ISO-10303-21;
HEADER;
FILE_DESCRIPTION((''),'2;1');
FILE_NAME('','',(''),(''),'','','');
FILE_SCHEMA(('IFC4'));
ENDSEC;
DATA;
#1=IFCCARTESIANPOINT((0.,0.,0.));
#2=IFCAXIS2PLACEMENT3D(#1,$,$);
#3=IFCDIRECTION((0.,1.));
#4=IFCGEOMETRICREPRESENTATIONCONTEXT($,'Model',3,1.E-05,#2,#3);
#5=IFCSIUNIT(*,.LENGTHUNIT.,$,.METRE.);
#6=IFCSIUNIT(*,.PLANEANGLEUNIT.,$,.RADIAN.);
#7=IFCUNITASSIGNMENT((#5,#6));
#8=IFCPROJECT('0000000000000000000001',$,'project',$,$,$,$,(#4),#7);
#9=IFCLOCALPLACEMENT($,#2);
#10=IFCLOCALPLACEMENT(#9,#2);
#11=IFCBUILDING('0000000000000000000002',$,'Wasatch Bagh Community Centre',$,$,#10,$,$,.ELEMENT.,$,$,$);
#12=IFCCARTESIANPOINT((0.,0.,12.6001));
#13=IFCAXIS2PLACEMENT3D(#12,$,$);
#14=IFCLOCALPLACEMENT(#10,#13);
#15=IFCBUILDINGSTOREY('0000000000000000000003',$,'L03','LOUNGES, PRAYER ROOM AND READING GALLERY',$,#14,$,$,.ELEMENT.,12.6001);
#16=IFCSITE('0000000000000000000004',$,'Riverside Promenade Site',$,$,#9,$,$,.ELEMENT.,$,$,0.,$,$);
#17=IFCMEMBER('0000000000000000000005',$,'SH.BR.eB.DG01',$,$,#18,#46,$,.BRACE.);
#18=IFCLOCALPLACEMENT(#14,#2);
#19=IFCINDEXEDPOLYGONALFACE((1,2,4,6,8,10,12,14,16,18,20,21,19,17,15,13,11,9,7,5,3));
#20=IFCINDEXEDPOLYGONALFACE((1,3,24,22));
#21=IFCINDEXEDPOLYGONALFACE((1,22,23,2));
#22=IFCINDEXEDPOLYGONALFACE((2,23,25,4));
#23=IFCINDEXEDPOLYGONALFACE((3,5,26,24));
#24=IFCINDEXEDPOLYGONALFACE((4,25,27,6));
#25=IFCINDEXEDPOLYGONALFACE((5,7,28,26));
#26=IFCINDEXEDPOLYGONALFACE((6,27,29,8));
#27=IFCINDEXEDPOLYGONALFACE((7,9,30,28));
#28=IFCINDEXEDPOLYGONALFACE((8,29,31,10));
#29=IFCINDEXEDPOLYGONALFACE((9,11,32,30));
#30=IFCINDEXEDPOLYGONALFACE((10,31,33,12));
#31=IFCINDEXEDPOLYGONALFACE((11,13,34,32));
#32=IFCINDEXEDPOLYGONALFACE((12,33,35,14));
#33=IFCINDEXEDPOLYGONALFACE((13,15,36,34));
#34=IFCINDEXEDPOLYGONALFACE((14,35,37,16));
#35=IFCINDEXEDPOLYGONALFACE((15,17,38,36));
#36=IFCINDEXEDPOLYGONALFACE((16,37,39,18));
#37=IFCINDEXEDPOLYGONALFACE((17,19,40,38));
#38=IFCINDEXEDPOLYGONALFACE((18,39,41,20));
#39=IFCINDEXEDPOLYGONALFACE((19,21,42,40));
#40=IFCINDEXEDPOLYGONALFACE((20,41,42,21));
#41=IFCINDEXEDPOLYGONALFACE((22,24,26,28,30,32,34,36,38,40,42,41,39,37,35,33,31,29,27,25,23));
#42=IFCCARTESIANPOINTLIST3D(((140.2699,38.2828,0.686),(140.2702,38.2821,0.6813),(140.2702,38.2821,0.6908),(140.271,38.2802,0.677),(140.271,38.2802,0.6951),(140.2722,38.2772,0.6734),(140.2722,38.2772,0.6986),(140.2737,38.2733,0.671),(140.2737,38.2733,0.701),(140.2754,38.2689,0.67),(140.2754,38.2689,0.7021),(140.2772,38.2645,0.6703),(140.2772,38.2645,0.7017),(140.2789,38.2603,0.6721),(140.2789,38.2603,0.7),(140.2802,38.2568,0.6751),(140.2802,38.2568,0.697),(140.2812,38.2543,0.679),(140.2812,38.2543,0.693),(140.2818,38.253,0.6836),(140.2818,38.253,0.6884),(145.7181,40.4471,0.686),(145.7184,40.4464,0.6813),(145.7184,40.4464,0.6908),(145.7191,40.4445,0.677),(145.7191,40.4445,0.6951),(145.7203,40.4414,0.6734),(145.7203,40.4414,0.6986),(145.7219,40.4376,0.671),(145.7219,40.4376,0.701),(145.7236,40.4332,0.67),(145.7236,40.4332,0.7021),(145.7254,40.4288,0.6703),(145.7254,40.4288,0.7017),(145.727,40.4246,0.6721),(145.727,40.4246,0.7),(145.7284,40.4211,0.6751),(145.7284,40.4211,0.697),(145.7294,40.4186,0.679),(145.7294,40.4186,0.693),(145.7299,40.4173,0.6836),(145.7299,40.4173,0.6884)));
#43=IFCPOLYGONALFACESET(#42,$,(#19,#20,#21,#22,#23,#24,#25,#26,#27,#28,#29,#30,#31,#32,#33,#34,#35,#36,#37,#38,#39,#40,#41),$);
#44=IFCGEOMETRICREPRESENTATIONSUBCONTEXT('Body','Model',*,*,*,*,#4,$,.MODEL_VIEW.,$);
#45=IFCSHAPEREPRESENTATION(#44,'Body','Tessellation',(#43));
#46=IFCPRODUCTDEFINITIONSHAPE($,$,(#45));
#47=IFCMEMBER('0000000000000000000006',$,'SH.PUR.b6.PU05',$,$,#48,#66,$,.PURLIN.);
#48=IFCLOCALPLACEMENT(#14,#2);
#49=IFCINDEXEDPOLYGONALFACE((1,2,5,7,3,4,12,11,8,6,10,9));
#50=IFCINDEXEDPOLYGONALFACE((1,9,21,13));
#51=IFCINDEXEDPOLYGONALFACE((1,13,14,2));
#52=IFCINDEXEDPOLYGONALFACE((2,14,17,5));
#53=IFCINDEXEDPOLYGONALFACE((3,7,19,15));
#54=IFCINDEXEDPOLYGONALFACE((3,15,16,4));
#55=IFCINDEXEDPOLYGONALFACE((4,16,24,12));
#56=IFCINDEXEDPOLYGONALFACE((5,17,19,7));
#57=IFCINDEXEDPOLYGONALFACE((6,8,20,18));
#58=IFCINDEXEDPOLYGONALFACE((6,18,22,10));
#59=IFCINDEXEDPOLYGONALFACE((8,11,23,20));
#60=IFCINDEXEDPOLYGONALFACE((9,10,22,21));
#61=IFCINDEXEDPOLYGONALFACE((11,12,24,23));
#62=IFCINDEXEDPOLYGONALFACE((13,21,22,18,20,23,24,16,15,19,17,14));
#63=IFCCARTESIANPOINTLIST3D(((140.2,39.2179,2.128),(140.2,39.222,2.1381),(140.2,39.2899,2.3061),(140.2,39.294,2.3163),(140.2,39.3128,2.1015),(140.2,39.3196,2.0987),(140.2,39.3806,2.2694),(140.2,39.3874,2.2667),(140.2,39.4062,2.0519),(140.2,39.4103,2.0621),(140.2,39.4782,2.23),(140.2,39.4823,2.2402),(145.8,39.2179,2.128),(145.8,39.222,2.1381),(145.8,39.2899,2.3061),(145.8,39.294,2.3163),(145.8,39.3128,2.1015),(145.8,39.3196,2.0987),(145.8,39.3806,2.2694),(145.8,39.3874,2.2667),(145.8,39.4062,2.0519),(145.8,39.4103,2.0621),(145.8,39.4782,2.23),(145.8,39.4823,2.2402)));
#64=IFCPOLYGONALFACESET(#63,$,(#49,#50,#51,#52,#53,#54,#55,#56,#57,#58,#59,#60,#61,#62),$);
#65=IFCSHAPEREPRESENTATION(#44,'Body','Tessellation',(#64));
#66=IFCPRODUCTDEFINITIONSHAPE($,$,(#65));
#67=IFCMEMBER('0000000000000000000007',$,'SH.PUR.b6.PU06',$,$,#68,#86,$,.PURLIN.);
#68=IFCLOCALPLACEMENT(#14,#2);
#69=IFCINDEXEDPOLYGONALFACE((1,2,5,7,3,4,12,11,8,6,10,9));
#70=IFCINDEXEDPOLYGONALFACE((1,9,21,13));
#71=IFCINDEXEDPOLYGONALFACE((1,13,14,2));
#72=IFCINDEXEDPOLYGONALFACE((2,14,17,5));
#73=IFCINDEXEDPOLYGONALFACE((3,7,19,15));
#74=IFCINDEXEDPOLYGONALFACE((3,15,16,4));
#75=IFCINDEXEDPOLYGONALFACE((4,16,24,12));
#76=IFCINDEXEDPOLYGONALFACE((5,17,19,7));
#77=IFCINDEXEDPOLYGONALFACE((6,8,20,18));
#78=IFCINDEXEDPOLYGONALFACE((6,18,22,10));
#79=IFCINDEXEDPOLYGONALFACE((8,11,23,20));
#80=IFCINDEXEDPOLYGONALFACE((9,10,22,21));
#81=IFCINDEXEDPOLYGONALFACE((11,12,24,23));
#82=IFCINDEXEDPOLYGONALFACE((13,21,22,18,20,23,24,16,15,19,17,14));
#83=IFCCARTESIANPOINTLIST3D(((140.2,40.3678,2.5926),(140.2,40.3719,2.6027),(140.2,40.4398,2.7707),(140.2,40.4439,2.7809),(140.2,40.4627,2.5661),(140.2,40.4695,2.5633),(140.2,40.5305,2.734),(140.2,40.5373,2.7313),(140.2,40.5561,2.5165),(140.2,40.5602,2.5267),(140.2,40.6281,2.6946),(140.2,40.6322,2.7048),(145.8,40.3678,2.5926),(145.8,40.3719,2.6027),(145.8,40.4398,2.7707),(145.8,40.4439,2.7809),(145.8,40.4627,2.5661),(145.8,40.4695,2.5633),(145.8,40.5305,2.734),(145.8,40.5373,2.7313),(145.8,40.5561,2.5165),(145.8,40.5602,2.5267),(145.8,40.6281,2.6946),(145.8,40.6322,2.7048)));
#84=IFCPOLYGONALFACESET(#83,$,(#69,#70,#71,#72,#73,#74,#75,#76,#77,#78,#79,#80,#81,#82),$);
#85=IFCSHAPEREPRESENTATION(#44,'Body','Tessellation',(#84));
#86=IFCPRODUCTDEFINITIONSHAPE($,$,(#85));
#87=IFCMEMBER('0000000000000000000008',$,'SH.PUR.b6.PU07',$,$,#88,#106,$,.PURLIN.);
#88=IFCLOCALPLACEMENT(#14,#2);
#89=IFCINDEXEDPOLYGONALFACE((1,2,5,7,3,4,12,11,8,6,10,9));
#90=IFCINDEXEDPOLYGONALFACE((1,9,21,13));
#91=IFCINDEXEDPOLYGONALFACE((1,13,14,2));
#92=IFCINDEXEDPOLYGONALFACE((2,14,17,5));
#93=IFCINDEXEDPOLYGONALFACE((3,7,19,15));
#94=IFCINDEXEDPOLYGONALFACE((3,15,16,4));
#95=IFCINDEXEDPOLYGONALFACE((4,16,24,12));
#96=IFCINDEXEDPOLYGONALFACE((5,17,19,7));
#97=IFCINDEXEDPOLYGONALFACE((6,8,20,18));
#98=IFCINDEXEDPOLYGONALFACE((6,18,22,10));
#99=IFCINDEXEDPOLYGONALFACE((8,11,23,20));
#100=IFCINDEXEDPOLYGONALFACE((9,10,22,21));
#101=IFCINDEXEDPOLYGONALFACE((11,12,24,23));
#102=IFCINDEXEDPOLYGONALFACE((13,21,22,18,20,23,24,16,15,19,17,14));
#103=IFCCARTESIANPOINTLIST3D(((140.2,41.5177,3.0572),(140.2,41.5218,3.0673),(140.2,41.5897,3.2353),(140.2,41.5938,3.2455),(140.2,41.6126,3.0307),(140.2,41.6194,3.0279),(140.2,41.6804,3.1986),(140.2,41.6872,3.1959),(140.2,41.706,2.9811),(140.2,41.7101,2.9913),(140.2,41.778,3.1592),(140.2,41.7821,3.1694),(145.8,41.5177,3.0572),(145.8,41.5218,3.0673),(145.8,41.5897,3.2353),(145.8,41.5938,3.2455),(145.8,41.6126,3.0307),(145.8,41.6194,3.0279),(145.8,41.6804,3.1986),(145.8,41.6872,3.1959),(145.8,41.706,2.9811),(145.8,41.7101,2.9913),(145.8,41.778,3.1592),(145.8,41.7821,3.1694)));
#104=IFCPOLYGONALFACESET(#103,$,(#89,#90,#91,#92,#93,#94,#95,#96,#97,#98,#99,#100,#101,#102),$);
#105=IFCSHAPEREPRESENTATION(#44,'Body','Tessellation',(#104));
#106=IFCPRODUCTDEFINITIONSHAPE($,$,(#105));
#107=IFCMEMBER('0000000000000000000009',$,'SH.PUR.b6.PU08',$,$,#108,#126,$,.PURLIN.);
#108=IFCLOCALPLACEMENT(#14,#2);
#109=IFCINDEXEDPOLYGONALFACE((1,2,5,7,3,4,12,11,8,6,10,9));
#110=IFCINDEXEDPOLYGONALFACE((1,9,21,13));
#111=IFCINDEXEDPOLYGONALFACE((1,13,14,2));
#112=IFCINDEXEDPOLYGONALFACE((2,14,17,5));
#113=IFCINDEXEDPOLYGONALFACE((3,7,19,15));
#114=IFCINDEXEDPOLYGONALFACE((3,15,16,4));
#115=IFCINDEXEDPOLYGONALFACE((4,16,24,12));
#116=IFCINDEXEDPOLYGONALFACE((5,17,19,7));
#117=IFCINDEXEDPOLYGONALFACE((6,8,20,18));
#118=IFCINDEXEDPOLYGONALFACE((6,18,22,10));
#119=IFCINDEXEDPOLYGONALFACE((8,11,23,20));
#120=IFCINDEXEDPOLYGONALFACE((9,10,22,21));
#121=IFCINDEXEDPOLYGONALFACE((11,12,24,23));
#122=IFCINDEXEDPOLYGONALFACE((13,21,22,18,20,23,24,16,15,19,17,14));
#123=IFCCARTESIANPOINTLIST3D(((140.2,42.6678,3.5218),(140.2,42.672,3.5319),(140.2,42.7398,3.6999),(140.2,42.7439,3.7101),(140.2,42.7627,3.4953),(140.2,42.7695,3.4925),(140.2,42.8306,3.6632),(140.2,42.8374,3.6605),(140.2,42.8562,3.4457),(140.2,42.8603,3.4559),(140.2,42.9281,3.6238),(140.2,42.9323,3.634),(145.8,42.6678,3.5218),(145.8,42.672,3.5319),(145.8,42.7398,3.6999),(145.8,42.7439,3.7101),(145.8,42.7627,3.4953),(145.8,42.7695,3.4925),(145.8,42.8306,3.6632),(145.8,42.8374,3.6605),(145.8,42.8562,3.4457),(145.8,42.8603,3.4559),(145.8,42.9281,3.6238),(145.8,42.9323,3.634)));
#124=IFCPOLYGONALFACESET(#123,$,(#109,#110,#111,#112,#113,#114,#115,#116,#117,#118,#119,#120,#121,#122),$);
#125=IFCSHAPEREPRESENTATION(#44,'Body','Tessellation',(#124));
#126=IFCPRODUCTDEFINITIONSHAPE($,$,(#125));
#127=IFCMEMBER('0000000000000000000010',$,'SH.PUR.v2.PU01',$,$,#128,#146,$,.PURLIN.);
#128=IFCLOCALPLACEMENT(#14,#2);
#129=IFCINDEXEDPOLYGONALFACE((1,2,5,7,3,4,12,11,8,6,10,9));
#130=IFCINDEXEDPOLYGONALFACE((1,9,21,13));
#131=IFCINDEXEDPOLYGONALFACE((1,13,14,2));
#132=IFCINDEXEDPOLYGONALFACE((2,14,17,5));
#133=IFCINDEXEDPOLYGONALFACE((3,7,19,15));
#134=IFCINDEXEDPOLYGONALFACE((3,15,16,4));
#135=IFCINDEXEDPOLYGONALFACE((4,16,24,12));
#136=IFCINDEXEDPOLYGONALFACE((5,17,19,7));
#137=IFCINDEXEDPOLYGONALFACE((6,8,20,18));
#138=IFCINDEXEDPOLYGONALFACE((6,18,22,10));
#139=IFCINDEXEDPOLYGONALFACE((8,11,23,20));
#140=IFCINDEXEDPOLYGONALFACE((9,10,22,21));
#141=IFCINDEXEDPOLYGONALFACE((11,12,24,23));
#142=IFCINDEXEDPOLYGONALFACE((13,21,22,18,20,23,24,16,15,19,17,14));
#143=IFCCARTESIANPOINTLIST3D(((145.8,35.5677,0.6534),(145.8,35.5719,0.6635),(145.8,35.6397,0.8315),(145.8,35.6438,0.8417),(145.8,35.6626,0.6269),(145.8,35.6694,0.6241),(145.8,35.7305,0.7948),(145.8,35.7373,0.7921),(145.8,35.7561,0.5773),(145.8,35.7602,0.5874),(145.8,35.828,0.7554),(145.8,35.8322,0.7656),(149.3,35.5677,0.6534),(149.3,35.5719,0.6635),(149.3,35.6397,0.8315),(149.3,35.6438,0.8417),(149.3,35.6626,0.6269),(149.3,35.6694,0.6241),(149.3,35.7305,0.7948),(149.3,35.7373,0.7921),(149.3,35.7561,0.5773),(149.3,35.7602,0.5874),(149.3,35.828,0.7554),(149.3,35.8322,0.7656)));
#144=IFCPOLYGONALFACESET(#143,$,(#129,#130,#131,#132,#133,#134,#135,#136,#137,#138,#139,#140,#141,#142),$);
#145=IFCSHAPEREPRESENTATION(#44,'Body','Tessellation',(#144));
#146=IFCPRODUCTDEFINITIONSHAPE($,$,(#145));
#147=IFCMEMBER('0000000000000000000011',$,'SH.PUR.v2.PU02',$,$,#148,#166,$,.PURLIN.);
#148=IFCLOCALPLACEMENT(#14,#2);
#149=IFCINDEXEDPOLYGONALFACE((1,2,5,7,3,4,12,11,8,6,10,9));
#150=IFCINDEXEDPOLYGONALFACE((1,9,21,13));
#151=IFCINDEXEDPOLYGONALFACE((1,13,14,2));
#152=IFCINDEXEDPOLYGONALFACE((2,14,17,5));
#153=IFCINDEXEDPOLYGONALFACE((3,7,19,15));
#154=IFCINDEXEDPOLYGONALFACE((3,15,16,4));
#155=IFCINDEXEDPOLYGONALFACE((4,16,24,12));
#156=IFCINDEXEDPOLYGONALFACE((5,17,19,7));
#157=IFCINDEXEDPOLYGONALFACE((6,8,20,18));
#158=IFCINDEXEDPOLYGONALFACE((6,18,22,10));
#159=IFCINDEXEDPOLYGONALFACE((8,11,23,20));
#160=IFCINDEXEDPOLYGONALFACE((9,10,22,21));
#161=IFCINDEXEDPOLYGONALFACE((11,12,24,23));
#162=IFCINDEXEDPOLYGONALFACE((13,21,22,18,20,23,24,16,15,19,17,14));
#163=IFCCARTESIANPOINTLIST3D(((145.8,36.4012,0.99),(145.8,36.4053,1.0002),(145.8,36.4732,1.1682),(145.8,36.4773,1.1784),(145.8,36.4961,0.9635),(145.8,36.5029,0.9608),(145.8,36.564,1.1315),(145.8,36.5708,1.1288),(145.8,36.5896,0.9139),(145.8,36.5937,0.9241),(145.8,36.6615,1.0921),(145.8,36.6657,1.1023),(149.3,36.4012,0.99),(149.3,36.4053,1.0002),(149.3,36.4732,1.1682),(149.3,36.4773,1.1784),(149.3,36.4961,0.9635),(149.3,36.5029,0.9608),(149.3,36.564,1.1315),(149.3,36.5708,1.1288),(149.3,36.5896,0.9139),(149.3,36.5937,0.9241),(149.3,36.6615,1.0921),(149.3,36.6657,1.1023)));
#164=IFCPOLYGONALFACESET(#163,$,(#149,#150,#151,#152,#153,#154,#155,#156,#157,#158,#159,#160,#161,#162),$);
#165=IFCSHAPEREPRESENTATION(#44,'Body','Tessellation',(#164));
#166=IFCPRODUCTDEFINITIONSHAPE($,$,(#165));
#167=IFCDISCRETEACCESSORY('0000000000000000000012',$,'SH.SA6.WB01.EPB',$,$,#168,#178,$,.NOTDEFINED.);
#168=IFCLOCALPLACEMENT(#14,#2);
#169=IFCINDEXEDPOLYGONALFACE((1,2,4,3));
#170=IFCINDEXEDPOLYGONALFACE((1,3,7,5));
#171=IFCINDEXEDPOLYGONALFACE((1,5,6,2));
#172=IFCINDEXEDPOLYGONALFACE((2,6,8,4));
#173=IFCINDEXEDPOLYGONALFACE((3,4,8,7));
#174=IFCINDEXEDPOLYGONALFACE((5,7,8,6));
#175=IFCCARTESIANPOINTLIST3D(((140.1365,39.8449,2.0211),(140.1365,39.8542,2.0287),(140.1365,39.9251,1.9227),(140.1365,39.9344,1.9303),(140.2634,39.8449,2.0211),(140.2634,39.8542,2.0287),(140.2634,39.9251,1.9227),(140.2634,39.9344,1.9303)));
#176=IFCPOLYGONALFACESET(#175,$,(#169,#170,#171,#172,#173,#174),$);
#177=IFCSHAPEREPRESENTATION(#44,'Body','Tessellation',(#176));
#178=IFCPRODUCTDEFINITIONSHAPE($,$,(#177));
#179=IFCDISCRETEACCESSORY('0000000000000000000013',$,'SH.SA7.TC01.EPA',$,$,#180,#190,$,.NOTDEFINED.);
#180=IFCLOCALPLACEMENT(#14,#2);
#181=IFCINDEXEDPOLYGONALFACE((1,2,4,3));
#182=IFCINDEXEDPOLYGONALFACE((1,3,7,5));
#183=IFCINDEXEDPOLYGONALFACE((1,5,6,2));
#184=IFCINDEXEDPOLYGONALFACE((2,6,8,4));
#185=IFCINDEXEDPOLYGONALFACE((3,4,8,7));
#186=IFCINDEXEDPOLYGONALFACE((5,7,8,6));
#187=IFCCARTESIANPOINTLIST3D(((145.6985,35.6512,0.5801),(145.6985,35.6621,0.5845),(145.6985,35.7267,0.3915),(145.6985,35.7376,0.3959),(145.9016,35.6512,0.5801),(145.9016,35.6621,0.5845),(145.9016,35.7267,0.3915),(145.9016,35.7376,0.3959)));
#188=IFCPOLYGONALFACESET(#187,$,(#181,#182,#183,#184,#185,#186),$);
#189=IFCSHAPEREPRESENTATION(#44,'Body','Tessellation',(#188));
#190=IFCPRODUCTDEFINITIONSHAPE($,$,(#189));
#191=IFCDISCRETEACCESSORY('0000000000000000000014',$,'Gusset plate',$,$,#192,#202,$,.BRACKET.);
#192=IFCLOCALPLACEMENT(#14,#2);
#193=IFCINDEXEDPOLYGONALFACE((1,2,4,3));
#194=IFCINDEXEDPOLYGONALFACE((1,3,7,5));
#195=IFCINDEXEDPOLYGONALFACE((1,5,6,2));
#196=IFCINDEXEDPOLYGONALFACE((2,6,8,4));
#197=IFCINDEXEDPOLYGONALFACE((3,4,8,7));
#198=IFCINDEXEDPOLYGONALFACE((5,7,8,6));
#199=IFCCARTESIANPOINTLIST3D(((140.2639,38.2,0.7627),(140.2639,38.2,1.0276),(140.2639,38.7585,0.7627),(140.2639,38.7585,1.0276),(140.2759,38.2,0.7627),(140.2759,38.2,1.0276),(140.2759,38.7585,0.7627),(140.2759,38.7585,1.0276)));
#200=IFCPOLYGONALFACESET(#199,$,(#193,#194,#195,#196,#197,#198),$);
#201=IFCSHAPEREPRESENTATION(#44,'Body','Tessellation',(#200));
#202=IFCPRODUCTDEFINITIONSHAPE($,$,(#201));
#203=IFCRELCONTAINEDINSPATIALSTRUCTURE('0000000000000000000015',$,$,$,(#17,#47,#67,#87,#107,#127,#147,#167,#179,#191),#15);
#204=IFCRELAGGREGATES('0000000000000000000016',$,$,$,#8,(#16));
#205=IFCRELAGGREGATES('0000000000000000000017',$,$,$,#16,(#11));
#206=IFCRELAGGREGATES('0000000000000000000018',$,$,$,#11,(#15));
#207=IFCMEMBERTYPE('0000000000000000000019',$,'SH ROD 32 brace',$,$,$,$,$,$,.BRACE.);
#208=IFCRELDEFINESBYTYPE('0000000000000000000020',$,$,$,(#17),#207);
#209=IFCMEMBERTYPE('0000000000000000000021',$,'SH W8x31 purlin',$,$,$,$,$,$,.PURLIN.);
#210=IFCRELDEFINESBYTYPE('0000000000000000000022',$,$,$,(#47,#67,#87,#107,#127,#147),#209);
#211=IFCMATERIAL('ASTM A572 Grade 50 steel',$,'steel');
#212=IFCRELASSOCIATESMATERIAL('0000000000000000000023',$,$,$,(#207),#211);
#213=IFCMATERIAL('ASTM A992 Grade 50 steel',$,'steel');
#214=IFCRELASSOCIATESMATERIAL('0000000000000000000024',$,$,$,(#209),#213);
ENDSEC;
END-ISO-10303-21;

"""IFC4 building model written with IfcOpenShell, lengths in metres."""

from ifc_helpers import new_model, si_unit, direction, frame, origin, origin_2d, place, context, subcontext, project, spatial, polyline, rectangle, circle, i_section, outline, extrude, material, material_profile, profile_set, type_object, element, save


model = new_model("IFC4")

# Units and contexts
model_context = context("Model", 3, precision=1e-05, world=origin(), true_north=direction((0.0, 1.0)))
body_context = subcontext(model_context, "Body", "Model", "MODEL_VIEW")
ifc_project = project(units=[si_unit("LENGTHUNIT", "METRE"), si_unit("PLANEANGLEUNIT", "RADIAN")], contexts=[model_context])

# Site, building, storey
site_placement = place(None, origin())
site = spatial("IfcSite", under=ifc_project, at=site_placement, Name="Riverside Promenade Site", CompositionType="ELEMENT", RefElevation=0.0)
building_placement = place(site_placement, origin())
building = spatial("IfcBuilding", under=site, at=building_placement, Name="Wasatch Bagh Community Centre", CompositionType="ELEMENT")
storey_placement = place(building_placement, frame((0.0, 0.0, 12.6001)))
storey = spatial("IfcBuildingStorey", under=building, at=storey_placement, Name="L03", Description="LOUNGES, PRAYER ROOM AND READING GALLERY", CompositionType="ELEMENT", Elevation=12.6001)

# Members
ifc_material_1 = material(Name="ASTM A572 Grade 50 steel", Category="steel")
ifc_material_profile_1 = material_profile(ifc_material_1, circle(Radius=0.0161, at=origin_2d()), Name="ROD 32")
ifc_profile_set_1 = profile_set([ifc_material_profile_1], Name="ASTM A572 Grade 50 steel")
member_type_1 = type_object("IfcMemberType", Name="SH ROD 32 brace", PredefinedType="BRACE", material=ifc_profile_set_1)
member_1_placement = place(storey_placement, frame((140.2759, 38.2678, 0.686), z_axis=(0.929356, 0.369185, 0.0), x_axis=(-0.369185, 0.929356, 0.0)))
element("IfcMember", 1, at=member_1_placement, inside=storey, type_object=member_type_1, Name="SH.BR.eB.DG01", PredefinedType="BRACE", context=body_context, shape_type="SweptSolid", body=[
    extrude(circle(Radius=0.0161, at=origin_2d()), origin(), (0.0, 0.0, 1.0), 5.8623),
])
ifc_material_2 = material(Name="ASTM A992 Grade 50 steel", Category="steel")
ifc_material_profile_2 = material_profile(ifc_material_2, i_section(OverallWidth=0.2031, OverallDepth=0.2031, WebThickness=0.0073, FlangeThickness=0.011, at=origin_2d()), Name="W8x31")
ifc_profile_set_2 = profile_set([ifc_material_profile_2], Name="ASTM A992 Grade 50 steel")
member_type_2 = type_object("IfcMemberType", Name="SH W8x31 purlin", PredefinedType="PURLIN", material=ifc_profile_set_2)
for number, where, z_axis, x_axis, name in (
    (2, (140.2, 39.3501, 2.1841), (1.0, 0.0, 0.0), (0.0, 0.927184, -0.374607), "SH.PUR.b6.PU05"),
    (3, (140.2, 40.5, 2.6487), (1.0, 0.0, 0.0), (0.0, 0.927184, -0.374607), "SH.PUR.b6.PU06"),
    (4, (140.2, 41.6499, 3.1133), (1.0, 0.0, 0.0), (0.0, 0.927184, -0.374607), "SH.PUR.b6.PU07"),
    (5, (140.2, 42.8, 3.5779), (1.0, 0.0, 0.0), (0.0, 0.927184, -0.374607), "SH.PUR.b6.PU08"),
):
    element("IfcMember", number, at=place(storey_placement, frame(where, z_axis=z_axis, x_axis=x_axis)), inside=storey, type_object=member_type_2, Name=name, PredefinedType="PURLIN", context=body_context, shape_type="SweptSolid", body=[
        extrude(i_section(OverallWidth=0.2031, OverallDepth=0.2031, WebThickness=0.0073, FlangeThickness=0.011, at=origin_2d()), origin(), (0.0, 0.0, 1.0), 5.6001),
    ])
for number, where, z_axis, x_axis, name in (
    (6, (145.8, 35.7, 0.7095), (1.0, 0.0, 0.0), (0.0, 0.927184, -0.374607), "SH.PUR.v2.PU01"),
    (7, (145.8, 36.5334, 1.0461), (1.0, 0.0, 0.0), (0.0, 0.927184, -0.374607), "SH.PUR.v2.PU02"),
):
    element("IfcMember", number, at=place(storey_placement, frame(where, z_axis=z_axis, x_axis=x_axis)), inside=storey, type_object=member_type_2, Name=name, PredefinedType="PURLIN", context=body_context, shape_type="SweptSolid", body=[
        extrude(i_section(OverallWidth=0.2031, OverallDepth=0.2031, WebThickness=0.0073, FlangeThickness=0.011, at=origin_2d()), origin(), (0.0, 0.0, 1.0), 3.5),
    ])

# Discrete accessories
discrete_accessory_1_placement = place(storey_placement, frame((140.2, 39.885, 1.9719), z_axis=(0.0, 0.774865, 0.632127), x_axis=(-1.0, 0.0, 0.0)))
element("IfcDiscreteAccessory", 8, at=discrete_accessory_1_placement, inside=storey, Name="SH.SA6.WB01.EPB", PredefinedType="NOTDEFINED", context=body_context, shape_type="SweptSolid", body=[
    extrude(rectangle(XDim=0.127, YDim=0.127, at=origin_2d()), origin(), (0.0, 0.0, 1.0), 0.012),
])
discrete_accessory_2_placement = place(storey_placement, frame((145.8, 35.689, 0.4858), z_axis=(0.0, 0.928477, 0.371391), x_axis=(-1.0, 0.0, 0.0)))
element("IfcDiscreteAccessory", 9, at=discrete_accessory_2_placement, inside=storey, Name="SH.SA7.TC01.EPA", PredefinedType="NOTDEFINED", context=body_context, shape_type="SweptSolid", body=[
    extrude(rectangle(XDim=0.2031, YDim=0.2031, at=origin_2d()), origin(), (0.0, 0.0, 1.0), 0.0117),
])
discrete_accessory_3_placement = place(storey_placement, frame((140.2759, 38.2, 0.7627), z_axis=(1.0, 0.0, 0.0), x_axis=(0.0, 1.0, 0.0)))
element("IfcDiscreteAccessory", 10, at=discrete_accessory_3_placement, inside=storey, Name="Gusset plate", PredefinedType="BRACKET", context=body_context, shape_type="SweptSolid", body=[
    extrude(outline(polyline([(0.0, 0.0), (0.5586, 0.0), (0.5586, 0.2649), (0.0, 0.2649), (0.0, 0.0)])), origin(), (0.0, 0.0, -1.0), 0.012),
])

save(model, "model.ifc")
